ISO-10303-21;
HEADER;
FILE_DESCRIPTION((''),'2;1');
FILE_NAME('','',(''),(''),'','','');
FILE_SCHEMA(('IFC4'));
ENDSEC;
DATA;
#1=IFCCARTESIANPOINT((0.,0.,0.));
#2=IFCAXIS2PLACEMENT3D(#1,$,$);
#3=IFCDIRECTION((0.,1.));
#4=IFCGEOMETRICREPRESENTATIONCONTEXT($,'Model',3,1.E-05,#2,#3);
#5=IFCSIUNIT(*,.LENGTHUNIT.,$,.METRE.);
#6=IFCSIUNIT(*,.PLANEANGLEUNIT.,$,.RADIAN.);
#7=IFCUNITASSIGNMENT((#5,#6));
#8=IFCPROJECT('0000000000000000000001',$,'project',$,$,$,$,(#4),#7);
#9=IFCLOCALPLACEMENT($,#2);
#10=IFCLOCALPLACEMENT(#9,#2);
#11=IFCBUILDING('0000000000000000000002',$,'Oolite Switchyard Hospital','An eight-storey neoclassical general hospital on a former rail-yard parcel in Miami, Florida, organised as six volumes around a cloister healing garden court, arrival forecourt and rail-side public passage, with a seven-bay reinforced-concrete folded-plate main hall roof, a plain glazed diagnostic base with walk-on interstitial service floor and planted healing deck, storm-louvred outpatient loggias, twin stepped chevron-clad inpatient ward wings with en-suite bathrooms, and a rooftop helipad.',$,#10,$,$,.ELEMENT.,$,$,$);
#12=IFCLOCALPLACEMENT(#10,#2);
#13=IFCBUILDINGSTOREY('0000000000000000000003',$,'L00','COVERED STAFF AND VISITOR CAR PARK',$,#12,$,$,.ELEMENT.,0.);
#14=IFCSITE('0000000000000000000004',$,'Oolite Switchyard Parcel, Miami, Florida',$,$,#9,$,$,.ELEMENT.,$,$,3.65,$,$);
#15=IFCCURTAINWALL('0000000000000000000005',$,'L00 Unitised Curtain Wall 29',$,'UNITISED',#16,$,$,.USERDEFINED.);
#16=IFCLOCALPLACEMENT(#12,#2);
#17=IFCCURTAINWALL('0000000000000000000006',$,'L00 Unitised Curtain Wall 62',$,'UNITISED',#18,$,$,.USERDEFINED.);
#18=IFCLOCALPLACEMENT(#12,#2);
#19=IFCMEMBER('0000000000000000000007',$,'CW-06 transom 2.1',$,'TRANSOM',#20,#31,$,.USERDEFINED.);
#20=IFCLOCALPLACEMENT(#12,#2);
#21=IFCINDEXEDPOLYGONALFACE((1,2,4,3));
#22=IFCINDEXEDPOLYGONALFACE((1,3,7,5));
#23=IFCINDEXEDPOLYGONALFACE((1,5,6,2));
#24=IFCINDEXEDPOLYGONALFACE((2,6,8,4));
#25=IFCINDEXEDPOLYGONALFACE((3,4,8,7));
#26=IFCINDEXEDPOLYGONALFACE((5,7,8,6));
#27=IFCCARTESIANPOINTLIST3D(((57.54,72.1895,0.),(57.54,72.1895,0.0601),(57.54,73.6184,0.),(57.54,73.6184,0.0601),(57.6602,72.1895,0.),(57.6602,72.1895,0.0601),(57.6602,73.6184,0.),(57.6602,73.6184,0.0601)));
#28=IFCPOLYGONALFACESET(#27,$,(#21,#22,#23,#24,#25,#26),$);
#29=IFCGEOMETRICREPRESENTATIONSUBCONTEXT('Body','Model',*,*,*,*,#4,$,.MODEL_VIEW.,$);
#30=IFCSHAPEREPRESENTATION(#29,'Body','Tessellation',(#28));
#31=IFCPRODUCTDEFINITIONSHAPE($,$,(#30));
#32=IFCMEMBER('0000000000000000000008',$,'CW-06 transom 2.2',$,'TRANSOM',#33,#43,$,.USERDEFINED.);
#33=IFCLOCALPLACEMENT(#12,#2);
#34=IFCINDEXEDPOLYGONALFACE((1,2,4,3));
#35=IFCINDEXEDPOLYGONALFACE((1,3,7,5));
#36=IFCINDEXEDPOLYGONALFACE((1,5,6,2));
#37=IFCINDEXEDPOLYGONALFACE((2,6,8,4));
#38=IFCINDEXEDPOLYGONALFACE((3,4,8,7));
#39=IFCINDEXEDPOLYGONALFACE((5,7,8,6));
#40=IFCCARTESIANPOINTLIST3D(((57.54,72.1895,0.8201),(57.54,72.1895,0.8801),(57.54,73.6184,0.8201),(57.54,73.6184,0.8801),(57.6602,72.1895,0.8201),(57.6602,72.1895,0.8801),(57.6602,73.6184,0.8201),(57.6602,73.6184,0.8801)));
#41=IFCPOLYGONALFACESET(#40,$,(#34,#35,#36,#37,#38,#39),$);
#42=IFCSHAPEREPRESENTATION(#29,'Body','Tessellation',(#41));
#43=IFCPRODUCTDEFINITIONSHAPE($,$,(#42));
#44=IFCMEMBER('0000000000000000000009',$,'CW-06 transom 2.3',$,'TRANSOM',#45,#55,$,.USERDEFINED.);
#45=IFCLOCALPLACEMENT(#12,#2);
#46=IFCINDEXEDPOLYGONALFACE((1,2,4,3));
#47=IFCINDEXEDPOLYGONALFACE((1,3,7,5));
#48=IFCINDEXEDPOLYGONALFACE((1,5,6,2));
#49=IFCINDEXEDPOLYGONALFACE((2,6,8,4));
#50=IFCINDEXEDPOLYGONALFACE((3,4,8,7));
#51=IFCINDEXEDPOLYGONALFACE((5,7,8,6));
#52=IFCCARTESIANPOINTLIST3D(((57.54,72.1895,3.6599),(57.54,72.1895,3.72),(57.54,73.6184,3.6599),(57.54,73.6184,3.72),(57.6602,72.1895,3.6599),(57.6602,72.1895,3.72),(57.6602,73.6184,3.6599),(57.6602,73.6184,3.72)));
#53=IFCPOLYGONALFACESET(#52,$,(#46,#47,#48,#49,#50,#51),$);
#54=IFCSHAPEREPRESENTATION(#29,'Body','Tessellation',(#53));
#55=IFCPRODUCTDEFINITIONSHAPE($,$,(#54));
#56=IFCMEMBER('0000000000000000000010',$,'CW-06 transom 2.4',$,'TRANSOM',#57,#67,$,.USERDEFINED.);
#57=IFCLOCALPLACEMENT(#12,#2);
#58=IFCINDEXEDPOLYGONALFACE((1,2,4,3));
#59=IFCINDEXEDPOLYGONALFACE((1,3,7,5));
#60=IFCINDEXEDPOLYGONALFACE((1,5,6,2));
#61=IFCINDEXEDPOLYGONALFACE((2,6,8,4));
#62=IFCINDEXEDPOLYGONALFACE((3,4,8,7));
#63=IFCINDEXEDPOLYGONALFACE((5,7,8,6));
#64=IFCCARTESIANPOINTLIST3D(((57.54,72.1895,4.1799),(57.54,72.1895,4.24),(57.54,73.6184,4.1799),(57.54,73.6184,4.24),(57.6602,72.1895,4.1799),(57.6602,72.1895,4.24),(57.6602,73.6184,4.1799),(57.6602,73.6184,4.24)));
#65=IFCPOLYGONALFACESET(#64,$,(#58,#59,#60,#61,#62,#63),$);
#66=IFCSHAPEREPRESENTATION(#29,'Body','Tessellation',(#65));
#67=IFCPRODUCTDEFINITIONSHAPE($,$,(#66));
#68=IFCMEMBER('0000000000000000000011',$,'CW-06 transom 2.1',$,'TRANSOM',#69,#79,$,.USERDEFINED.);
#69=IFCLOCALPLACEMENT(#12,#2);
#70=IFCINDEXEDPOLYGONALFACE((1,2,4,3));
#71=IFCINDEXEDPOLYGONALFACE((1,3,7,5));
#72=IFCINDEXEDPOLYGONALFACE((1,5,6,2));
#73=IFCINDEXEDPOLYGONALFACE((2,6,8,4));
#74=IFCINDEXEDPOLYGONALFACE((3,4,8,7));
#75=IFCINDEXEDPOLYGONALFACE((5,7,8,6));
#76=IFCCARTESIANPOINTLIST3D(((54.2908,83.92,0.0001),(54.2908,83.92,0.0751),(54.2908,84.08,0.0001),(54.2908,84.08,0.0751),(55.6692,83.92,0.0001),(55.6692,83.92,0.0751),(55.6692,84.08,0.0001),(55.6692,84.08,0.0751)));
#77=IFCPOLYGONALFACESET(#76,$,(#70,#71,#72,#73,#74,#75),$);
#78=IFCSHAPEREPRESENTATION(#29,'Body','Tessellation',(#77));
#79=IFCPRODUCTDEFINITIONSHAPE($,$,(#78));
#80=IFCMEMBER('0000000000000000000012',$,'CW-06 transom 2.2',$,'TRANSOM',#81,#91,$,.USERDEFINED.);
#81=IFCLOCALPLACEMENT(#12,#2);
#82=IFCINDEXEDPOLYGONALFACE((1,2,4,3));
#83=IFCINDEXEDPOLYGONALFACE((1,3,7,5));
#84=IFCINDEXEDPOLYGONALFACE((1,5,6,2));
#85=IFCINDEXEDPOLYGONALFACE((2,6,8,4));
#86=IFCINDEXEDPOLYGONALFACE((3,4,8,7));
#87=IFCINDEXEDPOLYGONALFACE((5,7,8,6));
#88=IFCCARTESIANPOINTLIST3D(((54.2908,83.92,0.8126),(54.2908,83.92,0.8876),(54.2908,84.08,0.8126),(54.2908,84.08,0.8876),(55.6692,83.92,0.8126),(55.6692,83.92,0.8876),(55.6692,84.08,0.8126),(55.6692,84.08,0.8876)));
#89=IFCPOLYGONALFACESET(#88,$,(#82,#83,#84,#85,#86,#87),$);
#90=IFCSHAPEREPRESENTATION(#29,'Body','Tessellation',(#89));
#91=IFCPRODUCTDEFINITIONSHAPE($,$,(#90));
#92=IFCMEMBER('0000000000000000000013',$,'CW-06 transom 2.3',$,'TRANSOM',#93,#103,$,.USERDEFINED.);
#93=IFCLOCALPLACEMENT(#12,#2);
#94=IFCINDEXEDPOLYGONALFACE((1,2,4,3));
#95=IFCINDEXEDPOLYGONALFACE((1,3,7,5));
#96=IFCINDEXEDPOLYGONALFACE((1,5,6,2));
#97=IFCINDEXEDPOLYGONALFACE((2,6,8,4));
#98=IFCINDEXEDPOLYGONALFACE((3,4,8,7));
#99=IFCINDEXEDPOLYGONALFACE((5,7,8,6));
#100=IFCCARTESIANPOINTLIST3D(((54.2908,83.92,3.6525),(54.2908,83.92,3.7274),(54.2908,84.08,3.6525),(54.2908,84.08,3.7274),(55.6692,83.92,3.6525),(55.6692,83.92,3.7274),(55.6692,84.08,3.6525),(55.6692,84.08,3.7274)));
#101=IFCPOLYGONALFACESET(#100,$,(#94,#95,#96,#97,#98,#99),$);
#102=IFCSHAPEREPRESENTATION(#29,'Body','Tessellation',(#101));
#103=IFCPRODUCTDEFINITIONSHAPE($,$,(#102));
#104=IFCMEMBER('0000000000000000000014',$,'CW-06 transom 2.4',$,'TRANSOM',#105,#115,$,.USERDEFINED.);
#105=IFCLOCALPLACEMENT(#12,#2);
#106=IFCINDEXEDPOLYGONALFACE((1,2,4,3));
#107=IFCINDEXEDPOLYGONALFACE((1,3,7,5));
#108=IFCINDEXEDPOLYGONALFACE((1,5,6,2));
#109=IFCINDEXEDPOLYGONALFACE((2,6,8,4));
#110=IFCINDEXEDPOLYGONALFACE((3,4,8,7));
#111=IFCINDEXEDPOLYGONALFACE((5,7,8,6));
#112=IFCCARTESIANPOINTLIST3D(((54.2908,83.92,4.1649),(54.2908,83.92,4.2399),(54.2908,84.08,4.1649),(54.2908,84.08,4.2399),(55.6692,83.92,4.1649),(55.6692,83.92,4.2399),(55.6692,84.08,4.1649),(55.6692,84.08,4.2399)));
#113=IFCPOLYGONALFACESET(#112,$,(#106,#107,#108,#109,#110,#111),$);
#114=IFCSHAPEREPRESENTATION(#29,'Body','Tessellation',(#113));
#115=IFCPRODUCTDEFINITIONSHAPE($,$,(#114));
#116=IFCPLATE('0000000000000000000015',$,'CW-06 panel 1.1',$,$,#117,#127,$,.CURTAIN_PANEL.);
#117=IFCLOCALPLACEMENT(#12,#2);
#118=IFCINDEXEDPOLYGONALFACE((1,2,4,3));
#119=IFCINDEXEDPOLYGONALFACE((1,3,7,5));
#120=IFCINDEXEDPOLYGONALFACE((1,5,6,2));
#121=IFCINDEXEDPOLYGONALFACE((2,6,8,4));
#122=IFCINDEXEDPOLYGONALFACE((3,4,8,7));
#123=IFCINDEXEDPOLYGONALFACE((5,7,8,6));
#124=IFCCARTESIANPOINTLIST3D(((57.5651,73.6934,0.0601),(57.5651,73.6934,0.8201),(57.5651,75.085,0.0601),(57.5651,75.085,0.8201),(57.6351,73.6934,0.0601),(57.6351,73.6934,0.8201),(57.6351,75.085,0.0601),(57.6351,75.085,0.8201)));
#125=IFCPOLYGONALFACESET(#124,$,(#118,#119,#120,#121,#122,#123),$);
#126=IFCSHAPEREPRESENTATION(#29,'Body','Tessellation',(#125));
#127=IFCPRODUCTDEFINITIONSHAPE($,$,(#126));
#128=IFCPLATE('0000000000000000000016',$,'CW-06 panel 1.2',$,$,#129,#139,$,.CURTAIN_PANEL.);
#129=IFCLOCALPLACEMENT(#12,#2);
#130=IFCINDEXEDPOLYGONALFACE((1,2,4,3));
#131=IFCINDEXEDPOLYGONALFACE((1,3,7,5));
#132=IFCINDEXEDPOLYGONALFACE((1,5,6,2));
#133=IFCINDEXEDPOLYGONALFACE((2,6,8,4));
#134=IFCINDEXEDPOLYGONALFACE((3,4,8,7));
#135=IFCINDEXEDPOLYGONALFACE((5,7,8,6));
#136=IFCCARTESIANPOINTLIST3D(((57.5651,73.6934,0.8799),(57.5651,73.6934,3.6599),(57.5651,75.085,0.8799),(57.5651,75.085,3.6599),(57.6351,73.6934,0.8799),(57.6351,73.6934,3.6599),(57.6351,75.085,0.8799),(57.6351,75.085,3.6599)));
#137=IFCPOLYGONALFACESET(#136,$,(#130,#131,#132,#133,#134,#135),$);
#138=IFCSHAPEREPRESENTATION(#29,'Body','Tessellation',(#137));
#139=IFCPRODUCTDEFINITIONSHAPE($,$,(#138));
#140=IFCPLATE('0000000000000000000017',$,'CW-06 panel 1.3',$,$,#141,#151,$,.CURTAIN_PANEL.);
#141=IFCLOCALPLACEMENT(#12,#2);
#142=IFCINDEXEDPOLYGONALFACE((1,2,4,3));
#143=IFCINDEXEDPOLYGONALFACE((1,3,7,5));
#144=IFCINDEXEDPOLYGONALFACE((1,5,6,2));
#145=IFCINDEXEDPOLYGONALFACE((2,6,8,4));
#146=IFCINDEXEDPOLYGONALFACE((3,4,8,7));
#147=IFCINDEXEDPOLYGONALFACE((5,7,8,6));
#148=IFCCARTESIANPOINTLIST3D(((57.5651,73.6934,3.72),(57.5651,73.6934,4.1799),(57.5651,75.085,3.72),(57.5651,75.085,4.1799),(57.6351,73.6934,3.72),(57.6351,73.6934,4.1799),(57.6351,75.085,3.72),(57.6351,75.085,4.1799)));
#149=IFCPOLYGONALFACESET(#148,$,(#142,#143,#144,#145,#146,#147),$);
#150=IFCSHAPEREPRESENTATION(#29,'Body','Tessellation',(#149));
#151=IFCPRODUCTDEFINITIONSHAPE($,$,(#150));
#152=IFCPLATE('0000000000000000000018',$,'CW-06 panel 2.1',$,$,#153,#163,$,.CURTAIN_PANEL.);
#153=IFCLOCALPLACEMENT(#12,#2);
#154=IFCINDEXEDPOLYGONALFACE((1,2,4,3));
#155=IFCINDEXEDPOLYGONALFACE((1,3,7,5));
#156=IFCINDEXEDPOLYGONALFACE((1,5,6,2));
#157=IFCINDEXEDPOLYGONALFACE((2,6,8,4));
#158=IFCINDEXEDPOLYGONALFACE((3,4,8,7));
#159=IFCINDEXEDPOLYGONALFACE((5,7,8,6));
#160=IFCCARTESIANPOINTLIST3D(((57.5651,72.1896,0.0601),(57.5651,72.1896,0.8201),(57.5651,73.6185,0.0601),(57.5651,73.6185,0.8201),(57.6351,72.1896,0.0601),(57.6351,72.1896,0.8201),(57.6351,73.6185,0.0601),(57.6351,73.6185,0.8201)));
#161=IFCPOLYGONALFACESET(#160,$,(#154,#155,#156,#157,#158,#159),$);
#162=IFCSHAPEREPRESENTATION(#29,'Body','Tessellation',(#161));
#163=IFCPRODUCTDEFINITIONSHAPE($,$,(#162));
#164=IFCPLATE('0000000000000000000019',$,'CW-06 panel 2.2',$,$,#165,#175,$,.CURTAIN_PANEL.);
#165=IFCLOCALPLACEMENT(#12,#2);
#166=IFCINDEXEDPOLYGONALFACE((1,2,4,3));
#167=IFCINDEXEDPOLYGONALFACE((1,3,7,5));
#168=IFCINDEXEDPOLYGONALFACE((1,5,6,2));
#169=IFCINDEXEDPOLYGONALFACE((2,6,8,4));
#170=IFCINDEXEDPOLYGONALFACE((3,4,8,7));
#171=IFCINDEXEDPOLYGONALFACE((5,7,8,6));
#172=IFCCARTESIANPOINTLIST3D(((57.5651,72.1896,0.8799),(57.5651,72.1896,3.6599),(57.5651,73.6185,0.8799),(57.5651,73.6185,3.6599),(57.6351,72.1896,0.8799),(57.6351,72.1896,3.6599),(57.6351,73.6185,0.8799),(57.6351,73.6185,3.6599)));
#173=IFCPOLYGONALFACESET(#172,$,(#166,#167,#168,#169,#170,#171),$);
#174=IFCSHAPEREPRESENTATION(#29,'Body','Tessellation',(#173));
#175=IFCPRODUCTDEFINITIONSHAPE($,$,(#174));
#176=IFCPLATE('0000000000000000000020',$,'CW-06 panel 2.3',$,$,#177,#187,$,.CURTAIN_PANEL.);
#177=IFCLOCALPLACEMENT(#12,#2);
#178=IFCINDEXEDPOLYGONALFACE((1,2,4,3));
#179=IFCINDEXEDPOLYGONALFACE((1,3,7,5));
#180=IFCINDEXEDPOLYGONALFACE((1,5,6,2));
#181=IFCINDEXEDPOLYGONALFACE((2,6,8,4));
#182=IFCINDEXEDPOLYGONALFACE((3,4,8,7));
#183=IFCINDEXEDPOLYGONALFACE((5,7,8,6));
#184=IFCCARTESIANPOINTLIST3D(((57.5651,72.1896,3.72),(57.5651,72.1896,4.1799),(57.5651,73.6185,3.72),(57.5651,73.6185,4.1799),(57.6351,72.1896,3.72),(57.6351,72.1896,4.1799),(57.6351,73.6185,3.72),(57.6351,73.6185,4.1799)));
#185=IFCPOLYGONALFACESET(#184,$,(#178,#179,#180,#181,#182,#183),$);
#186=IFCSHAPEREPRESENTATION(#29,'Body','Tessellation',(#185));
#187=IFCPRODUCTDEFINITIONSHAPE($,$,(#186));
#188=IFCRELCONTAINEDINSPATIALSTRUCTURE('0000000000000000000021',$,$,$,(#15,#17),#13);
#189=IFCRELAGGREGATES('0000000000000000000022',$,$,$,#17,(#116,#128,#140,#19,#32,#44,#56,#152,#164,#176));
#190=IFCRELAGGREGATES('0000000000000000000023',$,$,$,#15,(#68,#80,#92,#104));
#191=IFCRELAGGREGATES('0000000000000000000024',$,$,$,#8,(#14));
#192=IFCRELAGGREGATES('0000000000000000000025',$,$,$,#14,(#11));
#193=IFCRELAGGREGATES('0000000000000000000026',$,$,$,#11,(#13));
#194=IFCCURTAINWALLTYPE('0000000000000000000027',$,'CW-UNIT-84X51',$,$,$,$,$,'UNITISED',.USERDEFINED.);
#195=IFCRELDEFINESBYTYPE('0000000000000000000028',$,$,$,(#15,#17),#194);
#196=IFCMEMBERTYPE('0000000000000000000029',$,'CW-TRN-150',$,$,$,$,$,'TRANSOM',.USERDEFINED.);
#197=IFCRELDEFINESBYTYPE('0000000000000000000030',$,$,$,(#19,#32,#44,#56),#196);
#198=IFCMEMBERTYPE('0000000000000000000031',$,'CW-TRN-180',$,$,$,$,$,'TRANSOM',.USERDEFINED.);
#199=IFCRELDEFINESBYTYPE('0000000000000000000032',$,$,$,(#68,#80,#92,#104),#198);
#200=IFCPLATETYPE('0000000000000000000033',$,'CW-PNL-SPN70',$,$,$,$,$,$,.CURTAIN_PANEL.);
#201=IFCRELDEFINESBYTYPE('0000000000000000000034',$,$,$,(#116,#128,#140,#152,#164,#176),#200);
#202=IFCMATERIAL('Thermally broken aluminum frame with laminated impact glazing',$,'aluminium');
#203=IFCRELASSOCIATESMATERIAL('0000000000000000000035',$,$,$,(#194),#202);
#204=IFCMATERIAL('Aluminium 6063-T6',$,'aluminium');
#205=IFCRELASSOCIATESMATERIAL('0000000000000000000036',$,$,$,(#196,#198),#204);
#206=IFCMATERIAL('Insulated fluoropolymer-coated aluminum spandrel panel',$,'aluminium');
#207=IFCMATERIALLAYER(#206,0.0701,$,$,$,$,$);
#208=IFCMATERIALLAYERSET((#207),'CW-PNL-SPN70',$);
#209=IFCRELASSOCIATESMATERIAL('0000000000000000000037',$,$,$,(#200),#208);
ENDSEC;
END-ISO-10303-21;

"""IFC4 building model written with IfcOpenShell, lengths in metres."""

from ifc_helpers import new_model, si_unit, direction, frame, origin, origin_2d, place, context, subcontext, project, spatial, rectangle, extrude, material, layer, layer_set, material_profile, profile_set, type_object, element, aggregate, save


model = new_model("IFC4")

# Units and contexts
model_context = context("Model", 3, precision=1e-05, world=origin(), true_north=direction((0.0, 1.0)))
body_context = subcontext(model_context, "Body", "Model", "MODEL_VIEW")
ifc_project = project(units=[si_unit("LENGTHUNIT", "METRE"), si_unit("PLANEANGLEUNIT", "RADIAN")], contexts=[model_context])

# Site, building, storey
site_placement = place(None, origin())
site = spatial("IfcSite", under=ifc_project, at=site_placement, Name="Oolite Switchyard Parcel, Miami, Florida", CompositionType="ELEMENT", RefElevation=3.65)
building_placement = place(site_placement, origin())
building = spatial("IfcBuilding", under=site, at=building_placement, Name="Oolite Switchyard Hospital", Description="An eight-storey neoclassical general hospital on a former rail-yard parcel in Miami, Florida, organised as six volumes around a cloister healing garden court, arrival forecourt and rail-side public passage, with a seven-bay reinforced-concrete folded-plate main hall roof, a plain glazed diagnostic base with walk-on interstitial service floor and planted healing deck, storm-louvred outpatient loggias, twin stepped chevron-clad inpatient ward wings with en-suite bathrooms, and a rooftop helipad.", CompositionType="ELEMENT")
storey_placement = place(building_placement, origin())
storey = spatial("IfcBuildingStorey", under=building, at=storey_placement, Name="L00", Description="COVERED STAFF AND VISITOR CAR PARK", CompositionType="ELEMENT", Elevation=0.0)

# Curtain wall
ifc_material_1 = material(Name="Thermally broken aluminum frame with laminated impact glazing", Category="aluminium")
curtain_wall_type = type_object("IfcCurtainWallType", Name="CW-UNIT-84X51", ElementType="UNITISED", PredefinedType="USERDEFINED", material=ifc_material_1)
curtain_wall_1_placement = place(storey_placement, origin())
curtain_wall_1 = element("IfcCurtainWall", 1, at=curtain_wall_1_placement, inside=storey, type_object=curtain_wall_type, Name="L00 Unitised Curtain Wall 29", ObjectType="UNITISED", PredefinedType="USERDEFINED")
ifc_material_2 = material(Name="Aluminium 6063-T6", Category="aluminium")

# Curtain wall, members
curtain_wall_2_placement = place(storey_placement, origin())
curtain_wall_2 = element("IfcCurtainWall", 2, at=curtain_wall_2_placement, inside=storey, type_object=curtain_wall_type, Name="L00 Unitised Curtain Wall 62", ObjectType="UNITISED", PredefinedType="USERDEFINED")
ifc_material_profile_1 = material_profile(ifc_material_2, rectangle(XDim=0.1201, YDim=0.0601, at=origin_2d()), Name="CWT60X120")
ifc_profile_set_1 = profile_set([ifc_material_profile_1], Name="Aluminium 6063-T6")
member_type_1 = type_object("IfcMemberType", Name="CW-TRN-150", ElementType="TRANSOM", PredefinedType="USERDEFINED", material=ifc_profile_set_1)
member_1_placement = place(storey_placement, frame((57.6001, 73.6184, 0.03), z_axis=(0.0, -1.0, 0.0), x_axis=(1.0, 0.0, 0.0)))
member_1 = element("IfcMember", 3, at=member_1_placement, type_object=member_type_1, Name="CW-06 transom 2.1", ObjectType="TRANSOM", PredefinedType="USERDEFINED", context=body_context, shape_type="SweptSolid", body=[
    extrude(rectangle(XDim=0.1201, YDim=0.0601, at=origin_2d()), origin(), (0.0, 0.0, 1.0), 1.429),
])
member_2_placement = place(storey_placement, frame((57.6001, 73.6184, 0.8501), z_axis=(0.0, -1.0, 0.0), x_axis=(1.0, 0.0, 0.0)))
member_2 = element("IfcMember", 4, at=member_2_placement, type_object=member_type_1, Name="CW-06 transom 2.2", ObjectType="TRANSOM", PredefinedType="USERDEFINED", context=body_context, shape_type="SweptSolid", body=[
    extrude(rectangle(XDim=0.1201, YDim=0.0601, at=origin_2d()), origin(), (0.0, 0.0, 1.0), 1.429),
])
member_3_placement = place(storey_placement, frame((57.6001, 73.6184, 3.6899), z_axis=(0.0, -1.0, 0.0), x_axis=(1.0, 0.0, 0.0)))
member_3 = element("IfcMember", 5, at=member_3_placement, type_object=member_type_1, Name="CW-06 transom 2.3", ObjectType="TRANSOM", PredefinedType="USERDEFINED", context=body_context, shape_type="SweptSolid", body=[
    extrude(rectangle(XDim=0.1201, YDim=0.0601, at=origin_2d()), origin(), (0.0, 0.0, 1.0), 1.429),
])
member_4_placement = place(storey_placement, frame((57.6001, 73.6184, 4.21), z_axis=(0.0, -1.0, 0.0), x_axis=(1.0, 0.0, 0.0)))
member_4 = element("IfcMember", 6, at=member_4_placement, type_object=member_type_1, Name="CW-06 transom 2.4", ObjectType="TRANSOM", PredefinedType="USERDEFINED", context=body_context, shape_type="SweptSolid", body=[
    extrude(rectangle(XDim=0.1201, YDim=0.0601, at=origin_2d()), origin(), (0.0, 0.0, 1.0), 1.429),
])

# Members
ifc_material_profile_2 = material_profile(ifc_material_2, rectangle(XDim=0.1599, YDim=0.075, at=origin_2d()), Name="CWT75X160")
ifc_profile_set_2 = profile_set([ifc_material_profile_2], Name="Aluminium 6063-T6")
member_type_2 = type_object("IfcMemberType", Name="CW-TRN-180", ElementType="TRANSOM", PredefinedType="USERDEFINED", material=ifc_profile_set_2)
member_5_placement = place(storey_placement, frame((55.6692, 84.0, 0.0376), z_axis=(-1.0, 0.0, 0.0), x_axis=(0.0, -1.0, 0.0)))
member_5 = element("IfcMember", 7, at=member_5_placement, type_object=member_type_2, Name="CW-06 transom 2.1", ObjectType="TRANSOM", PredefinedType="USERDEFINED", context=body_context, shape_type="SweptSolid", body=[
    extrude(rectangle(XDim=0.1599, YDim=0.075, at=origin_2d()), origin(), (0.0, 0.0, 1.0), 1.3784),
])
member_6_placement = place(storey_placement, frame((55.6692, 84.0, 0.8501), z_axis=(-1.0, 0.0, 0.0), x_axis=(0.0, -1.0, 0.0)))
member_6 = element("IfcMember", 8, at=member_6_placement, type_object=member_type_2, Name="CW-06 transom 2.2", ObjectType="TRANSOM", PredefinedType="USERDEFINED", context=body_context, shape_type="SweptSolid", body=[
    extrude(rectangle(XDim=0.1599, YDim=0.075, at=origin_2d()), origin(), (0.0, 0.0, 1.0), 1.3784),
])
member_7_placement = place(storey_placement, frame((55.6692, 84.0, 3.6899), z_axis=(-1.0, 0.0, 0.0), x_axis=(0.0, -1.0, 0.0)))
member_7 = element("IfcMember", 9, at=member_7_placement, type_object=member_type_2, Name="CW-06 transom 2.3", ObjectType="TRANSOM", PredefinedType="USERDEFINED", context=body_context, shape_type="SweptSolid", body=[
    extrude(rectangle(XDim=0.1599, YDim=0.075, at=origin_2d()), origin(), (0.0, 0.0, 1.0), 1.3784),
])
member_8_placement = place(storey_placement, frame((55.6692, 84.0, 4.2024), z_axis=(-1.0, 0.0, 0.0), x_axis=(0.0, -1.0, 0.0)))
member_8 = element("IfcMember", 10, at=member_8_placement, type_object=member_type_2, Name="CW-06 transom 2.4", ObjectType="TRANSOM", PredefinedType="USERDEFINED", context=body_context, shape_type="SweptSolid", body=[
    extrude(rectangle(XDim=0.1599, YDim=0.075, at=origin_2d()), origin(), (0.0, 0.0, 1.0), 1.3784),
])

# Plates
ifc_material_3 = material(Name="Insulated fluoropolymer-coated aluminum spandrel panel", Category="aluminium")
ifc_layer_1 = layer(ifc_material_3, 0.0701)
ifc_layer_set_1 = layer_set([ifc_layer_1], Name="CW-PNL-SPN70")
plate_type_1 = type_object("IfcPlateType", Name="CW-PNL-SPN70", PredefinedType="CURTAIN_PANEL", material=ifc_layer_set_1)
plate_1_placement = place(storey_placement, frame((57.6001, 74.3892, 0.0601), z_axis=(0.0, 0.0, 1.0), x_axis=(0.0, -1.0, 0.0)))
plate_1 = element("IfcPlate", 11, at=plate_1_placement, type_object=plate_type_1, Name="CW-06 panel 1.1", PredefinedType="CURTAIN_PANEL", context=body_context, shape_type="SweptSolid", body=[
    extrude(rectangle(XDim=1.3916, YDim=0.0701, at=origin_2d()), origin(), (0.0, 0.0, 1.0), 0.76),
])
plate_2_placement = place(storey_placement, frame((57.6001, 74.3892, 0.8799), z_axis=(0.0, 0.0, 1.0), x_axis=(0.0, -1.0, 0.0)))
plate_2 = element("IfcPlate", 12, at=plate_2_placement, type_object=plate_type_1, Name="CW-06 panel 1.2", PredefinedType="CURTAIN_PANEL", context=body_context, shape_type="SweptSolid", body=[
    extrude(rectangle(XDim=1.3916, YDim=0.0701, at=origin_2d()), origin(), (0.0, 0.0, 1.0), 2.78),
])
plate_3_placement = place(storey_placement, frame((57.6001, 74.3892, 3.72), z_axis=(0.0, 0.0, 1.0), x_axis=(0.0, -1.0, 0.0)))
plate_3 = element("IfcPlate", 13, at=plate_3_placement, type_object=plate_type_1, Name="CW-06 panel 1.3", PredefinedType="CURTAIN_PANEL", context=body_context, shape_type="SweptSolid", body=[
    extrude(rectangle(XDim=1.3916, YDim=0.0701, at=origin_2d()), origin(), (0.0, 0.0, 1.0), 0.46),
])
plate_4_placement = place(storey_placement, frame((57.6001, 72.9041, 0.0601), z_axis=(0.0, 0.0, 1.0), x_axis=(0.0, -1.0, 0.0)))
plate_4 = element("IfcPlate", 14, at=plate_4_placement, type_object=plate_type_1, Name="CW-06 panel 2.1", PredefinedType="CURTAIN_PANEL", context=body_context, shape_type="SweptSolid", body=[
    extrude(rectangle(XDim=1.429, YDim=0.0701, at=origin_2d()), origin(), (0.0, 0.0, 1.0), 0.76),
])
plate_5_placement = place(storey_placement, frame((57.6001, 72.9041, 0.8799), z_axis=(0.0, 0.0, 1.0), x_axis=(0.0, -1.0, 0.0)))
plate_5 = element("IfcPlate", 15, at=plate_5_placement, type_object=plate_type_1, Name="CW-06 panel 2.2", PredefinedType="CURTAIN_PANEL", context=body_context, shape_type="SweptSolid", body=[
    extrude(rectangle(XDim=1.429, YDim=0.0701, at=origin_2d()), origin(), (0.0, 0.0, 1.0), 2.78),
])
plate_6_placement = place(storey_placement, frame((57.6001, 72.9041, 3.72), z_axis=(0.0, 0.0, 1.0), x_axis=(0.0, -1.0, 0.0)))
plate_6 = element("IfcPlate", 16, at=plate_6_placement, type_object=plate_type_1, Name="CW-06 panel 2.3", PredefinedType="CURTAIN_PANEL", context=body_context, shape_type="SweptSolid", body=[
    extrude(rectangle(XDim=1.429, YDim=0.0701, at=origin_2d()), origin(), (0.0, 0.0, 1.0), 0.46),
])
aggregate(curtain_wall_2, [plate_1, plate_2, plate_3, member_1, member_2, member_3, member_4, plate_4, plate_5, plate_6])
aggregate(curtain_wall_1, [member_5, member_6, member_7, member_8])

save(model, "model.ifc")
